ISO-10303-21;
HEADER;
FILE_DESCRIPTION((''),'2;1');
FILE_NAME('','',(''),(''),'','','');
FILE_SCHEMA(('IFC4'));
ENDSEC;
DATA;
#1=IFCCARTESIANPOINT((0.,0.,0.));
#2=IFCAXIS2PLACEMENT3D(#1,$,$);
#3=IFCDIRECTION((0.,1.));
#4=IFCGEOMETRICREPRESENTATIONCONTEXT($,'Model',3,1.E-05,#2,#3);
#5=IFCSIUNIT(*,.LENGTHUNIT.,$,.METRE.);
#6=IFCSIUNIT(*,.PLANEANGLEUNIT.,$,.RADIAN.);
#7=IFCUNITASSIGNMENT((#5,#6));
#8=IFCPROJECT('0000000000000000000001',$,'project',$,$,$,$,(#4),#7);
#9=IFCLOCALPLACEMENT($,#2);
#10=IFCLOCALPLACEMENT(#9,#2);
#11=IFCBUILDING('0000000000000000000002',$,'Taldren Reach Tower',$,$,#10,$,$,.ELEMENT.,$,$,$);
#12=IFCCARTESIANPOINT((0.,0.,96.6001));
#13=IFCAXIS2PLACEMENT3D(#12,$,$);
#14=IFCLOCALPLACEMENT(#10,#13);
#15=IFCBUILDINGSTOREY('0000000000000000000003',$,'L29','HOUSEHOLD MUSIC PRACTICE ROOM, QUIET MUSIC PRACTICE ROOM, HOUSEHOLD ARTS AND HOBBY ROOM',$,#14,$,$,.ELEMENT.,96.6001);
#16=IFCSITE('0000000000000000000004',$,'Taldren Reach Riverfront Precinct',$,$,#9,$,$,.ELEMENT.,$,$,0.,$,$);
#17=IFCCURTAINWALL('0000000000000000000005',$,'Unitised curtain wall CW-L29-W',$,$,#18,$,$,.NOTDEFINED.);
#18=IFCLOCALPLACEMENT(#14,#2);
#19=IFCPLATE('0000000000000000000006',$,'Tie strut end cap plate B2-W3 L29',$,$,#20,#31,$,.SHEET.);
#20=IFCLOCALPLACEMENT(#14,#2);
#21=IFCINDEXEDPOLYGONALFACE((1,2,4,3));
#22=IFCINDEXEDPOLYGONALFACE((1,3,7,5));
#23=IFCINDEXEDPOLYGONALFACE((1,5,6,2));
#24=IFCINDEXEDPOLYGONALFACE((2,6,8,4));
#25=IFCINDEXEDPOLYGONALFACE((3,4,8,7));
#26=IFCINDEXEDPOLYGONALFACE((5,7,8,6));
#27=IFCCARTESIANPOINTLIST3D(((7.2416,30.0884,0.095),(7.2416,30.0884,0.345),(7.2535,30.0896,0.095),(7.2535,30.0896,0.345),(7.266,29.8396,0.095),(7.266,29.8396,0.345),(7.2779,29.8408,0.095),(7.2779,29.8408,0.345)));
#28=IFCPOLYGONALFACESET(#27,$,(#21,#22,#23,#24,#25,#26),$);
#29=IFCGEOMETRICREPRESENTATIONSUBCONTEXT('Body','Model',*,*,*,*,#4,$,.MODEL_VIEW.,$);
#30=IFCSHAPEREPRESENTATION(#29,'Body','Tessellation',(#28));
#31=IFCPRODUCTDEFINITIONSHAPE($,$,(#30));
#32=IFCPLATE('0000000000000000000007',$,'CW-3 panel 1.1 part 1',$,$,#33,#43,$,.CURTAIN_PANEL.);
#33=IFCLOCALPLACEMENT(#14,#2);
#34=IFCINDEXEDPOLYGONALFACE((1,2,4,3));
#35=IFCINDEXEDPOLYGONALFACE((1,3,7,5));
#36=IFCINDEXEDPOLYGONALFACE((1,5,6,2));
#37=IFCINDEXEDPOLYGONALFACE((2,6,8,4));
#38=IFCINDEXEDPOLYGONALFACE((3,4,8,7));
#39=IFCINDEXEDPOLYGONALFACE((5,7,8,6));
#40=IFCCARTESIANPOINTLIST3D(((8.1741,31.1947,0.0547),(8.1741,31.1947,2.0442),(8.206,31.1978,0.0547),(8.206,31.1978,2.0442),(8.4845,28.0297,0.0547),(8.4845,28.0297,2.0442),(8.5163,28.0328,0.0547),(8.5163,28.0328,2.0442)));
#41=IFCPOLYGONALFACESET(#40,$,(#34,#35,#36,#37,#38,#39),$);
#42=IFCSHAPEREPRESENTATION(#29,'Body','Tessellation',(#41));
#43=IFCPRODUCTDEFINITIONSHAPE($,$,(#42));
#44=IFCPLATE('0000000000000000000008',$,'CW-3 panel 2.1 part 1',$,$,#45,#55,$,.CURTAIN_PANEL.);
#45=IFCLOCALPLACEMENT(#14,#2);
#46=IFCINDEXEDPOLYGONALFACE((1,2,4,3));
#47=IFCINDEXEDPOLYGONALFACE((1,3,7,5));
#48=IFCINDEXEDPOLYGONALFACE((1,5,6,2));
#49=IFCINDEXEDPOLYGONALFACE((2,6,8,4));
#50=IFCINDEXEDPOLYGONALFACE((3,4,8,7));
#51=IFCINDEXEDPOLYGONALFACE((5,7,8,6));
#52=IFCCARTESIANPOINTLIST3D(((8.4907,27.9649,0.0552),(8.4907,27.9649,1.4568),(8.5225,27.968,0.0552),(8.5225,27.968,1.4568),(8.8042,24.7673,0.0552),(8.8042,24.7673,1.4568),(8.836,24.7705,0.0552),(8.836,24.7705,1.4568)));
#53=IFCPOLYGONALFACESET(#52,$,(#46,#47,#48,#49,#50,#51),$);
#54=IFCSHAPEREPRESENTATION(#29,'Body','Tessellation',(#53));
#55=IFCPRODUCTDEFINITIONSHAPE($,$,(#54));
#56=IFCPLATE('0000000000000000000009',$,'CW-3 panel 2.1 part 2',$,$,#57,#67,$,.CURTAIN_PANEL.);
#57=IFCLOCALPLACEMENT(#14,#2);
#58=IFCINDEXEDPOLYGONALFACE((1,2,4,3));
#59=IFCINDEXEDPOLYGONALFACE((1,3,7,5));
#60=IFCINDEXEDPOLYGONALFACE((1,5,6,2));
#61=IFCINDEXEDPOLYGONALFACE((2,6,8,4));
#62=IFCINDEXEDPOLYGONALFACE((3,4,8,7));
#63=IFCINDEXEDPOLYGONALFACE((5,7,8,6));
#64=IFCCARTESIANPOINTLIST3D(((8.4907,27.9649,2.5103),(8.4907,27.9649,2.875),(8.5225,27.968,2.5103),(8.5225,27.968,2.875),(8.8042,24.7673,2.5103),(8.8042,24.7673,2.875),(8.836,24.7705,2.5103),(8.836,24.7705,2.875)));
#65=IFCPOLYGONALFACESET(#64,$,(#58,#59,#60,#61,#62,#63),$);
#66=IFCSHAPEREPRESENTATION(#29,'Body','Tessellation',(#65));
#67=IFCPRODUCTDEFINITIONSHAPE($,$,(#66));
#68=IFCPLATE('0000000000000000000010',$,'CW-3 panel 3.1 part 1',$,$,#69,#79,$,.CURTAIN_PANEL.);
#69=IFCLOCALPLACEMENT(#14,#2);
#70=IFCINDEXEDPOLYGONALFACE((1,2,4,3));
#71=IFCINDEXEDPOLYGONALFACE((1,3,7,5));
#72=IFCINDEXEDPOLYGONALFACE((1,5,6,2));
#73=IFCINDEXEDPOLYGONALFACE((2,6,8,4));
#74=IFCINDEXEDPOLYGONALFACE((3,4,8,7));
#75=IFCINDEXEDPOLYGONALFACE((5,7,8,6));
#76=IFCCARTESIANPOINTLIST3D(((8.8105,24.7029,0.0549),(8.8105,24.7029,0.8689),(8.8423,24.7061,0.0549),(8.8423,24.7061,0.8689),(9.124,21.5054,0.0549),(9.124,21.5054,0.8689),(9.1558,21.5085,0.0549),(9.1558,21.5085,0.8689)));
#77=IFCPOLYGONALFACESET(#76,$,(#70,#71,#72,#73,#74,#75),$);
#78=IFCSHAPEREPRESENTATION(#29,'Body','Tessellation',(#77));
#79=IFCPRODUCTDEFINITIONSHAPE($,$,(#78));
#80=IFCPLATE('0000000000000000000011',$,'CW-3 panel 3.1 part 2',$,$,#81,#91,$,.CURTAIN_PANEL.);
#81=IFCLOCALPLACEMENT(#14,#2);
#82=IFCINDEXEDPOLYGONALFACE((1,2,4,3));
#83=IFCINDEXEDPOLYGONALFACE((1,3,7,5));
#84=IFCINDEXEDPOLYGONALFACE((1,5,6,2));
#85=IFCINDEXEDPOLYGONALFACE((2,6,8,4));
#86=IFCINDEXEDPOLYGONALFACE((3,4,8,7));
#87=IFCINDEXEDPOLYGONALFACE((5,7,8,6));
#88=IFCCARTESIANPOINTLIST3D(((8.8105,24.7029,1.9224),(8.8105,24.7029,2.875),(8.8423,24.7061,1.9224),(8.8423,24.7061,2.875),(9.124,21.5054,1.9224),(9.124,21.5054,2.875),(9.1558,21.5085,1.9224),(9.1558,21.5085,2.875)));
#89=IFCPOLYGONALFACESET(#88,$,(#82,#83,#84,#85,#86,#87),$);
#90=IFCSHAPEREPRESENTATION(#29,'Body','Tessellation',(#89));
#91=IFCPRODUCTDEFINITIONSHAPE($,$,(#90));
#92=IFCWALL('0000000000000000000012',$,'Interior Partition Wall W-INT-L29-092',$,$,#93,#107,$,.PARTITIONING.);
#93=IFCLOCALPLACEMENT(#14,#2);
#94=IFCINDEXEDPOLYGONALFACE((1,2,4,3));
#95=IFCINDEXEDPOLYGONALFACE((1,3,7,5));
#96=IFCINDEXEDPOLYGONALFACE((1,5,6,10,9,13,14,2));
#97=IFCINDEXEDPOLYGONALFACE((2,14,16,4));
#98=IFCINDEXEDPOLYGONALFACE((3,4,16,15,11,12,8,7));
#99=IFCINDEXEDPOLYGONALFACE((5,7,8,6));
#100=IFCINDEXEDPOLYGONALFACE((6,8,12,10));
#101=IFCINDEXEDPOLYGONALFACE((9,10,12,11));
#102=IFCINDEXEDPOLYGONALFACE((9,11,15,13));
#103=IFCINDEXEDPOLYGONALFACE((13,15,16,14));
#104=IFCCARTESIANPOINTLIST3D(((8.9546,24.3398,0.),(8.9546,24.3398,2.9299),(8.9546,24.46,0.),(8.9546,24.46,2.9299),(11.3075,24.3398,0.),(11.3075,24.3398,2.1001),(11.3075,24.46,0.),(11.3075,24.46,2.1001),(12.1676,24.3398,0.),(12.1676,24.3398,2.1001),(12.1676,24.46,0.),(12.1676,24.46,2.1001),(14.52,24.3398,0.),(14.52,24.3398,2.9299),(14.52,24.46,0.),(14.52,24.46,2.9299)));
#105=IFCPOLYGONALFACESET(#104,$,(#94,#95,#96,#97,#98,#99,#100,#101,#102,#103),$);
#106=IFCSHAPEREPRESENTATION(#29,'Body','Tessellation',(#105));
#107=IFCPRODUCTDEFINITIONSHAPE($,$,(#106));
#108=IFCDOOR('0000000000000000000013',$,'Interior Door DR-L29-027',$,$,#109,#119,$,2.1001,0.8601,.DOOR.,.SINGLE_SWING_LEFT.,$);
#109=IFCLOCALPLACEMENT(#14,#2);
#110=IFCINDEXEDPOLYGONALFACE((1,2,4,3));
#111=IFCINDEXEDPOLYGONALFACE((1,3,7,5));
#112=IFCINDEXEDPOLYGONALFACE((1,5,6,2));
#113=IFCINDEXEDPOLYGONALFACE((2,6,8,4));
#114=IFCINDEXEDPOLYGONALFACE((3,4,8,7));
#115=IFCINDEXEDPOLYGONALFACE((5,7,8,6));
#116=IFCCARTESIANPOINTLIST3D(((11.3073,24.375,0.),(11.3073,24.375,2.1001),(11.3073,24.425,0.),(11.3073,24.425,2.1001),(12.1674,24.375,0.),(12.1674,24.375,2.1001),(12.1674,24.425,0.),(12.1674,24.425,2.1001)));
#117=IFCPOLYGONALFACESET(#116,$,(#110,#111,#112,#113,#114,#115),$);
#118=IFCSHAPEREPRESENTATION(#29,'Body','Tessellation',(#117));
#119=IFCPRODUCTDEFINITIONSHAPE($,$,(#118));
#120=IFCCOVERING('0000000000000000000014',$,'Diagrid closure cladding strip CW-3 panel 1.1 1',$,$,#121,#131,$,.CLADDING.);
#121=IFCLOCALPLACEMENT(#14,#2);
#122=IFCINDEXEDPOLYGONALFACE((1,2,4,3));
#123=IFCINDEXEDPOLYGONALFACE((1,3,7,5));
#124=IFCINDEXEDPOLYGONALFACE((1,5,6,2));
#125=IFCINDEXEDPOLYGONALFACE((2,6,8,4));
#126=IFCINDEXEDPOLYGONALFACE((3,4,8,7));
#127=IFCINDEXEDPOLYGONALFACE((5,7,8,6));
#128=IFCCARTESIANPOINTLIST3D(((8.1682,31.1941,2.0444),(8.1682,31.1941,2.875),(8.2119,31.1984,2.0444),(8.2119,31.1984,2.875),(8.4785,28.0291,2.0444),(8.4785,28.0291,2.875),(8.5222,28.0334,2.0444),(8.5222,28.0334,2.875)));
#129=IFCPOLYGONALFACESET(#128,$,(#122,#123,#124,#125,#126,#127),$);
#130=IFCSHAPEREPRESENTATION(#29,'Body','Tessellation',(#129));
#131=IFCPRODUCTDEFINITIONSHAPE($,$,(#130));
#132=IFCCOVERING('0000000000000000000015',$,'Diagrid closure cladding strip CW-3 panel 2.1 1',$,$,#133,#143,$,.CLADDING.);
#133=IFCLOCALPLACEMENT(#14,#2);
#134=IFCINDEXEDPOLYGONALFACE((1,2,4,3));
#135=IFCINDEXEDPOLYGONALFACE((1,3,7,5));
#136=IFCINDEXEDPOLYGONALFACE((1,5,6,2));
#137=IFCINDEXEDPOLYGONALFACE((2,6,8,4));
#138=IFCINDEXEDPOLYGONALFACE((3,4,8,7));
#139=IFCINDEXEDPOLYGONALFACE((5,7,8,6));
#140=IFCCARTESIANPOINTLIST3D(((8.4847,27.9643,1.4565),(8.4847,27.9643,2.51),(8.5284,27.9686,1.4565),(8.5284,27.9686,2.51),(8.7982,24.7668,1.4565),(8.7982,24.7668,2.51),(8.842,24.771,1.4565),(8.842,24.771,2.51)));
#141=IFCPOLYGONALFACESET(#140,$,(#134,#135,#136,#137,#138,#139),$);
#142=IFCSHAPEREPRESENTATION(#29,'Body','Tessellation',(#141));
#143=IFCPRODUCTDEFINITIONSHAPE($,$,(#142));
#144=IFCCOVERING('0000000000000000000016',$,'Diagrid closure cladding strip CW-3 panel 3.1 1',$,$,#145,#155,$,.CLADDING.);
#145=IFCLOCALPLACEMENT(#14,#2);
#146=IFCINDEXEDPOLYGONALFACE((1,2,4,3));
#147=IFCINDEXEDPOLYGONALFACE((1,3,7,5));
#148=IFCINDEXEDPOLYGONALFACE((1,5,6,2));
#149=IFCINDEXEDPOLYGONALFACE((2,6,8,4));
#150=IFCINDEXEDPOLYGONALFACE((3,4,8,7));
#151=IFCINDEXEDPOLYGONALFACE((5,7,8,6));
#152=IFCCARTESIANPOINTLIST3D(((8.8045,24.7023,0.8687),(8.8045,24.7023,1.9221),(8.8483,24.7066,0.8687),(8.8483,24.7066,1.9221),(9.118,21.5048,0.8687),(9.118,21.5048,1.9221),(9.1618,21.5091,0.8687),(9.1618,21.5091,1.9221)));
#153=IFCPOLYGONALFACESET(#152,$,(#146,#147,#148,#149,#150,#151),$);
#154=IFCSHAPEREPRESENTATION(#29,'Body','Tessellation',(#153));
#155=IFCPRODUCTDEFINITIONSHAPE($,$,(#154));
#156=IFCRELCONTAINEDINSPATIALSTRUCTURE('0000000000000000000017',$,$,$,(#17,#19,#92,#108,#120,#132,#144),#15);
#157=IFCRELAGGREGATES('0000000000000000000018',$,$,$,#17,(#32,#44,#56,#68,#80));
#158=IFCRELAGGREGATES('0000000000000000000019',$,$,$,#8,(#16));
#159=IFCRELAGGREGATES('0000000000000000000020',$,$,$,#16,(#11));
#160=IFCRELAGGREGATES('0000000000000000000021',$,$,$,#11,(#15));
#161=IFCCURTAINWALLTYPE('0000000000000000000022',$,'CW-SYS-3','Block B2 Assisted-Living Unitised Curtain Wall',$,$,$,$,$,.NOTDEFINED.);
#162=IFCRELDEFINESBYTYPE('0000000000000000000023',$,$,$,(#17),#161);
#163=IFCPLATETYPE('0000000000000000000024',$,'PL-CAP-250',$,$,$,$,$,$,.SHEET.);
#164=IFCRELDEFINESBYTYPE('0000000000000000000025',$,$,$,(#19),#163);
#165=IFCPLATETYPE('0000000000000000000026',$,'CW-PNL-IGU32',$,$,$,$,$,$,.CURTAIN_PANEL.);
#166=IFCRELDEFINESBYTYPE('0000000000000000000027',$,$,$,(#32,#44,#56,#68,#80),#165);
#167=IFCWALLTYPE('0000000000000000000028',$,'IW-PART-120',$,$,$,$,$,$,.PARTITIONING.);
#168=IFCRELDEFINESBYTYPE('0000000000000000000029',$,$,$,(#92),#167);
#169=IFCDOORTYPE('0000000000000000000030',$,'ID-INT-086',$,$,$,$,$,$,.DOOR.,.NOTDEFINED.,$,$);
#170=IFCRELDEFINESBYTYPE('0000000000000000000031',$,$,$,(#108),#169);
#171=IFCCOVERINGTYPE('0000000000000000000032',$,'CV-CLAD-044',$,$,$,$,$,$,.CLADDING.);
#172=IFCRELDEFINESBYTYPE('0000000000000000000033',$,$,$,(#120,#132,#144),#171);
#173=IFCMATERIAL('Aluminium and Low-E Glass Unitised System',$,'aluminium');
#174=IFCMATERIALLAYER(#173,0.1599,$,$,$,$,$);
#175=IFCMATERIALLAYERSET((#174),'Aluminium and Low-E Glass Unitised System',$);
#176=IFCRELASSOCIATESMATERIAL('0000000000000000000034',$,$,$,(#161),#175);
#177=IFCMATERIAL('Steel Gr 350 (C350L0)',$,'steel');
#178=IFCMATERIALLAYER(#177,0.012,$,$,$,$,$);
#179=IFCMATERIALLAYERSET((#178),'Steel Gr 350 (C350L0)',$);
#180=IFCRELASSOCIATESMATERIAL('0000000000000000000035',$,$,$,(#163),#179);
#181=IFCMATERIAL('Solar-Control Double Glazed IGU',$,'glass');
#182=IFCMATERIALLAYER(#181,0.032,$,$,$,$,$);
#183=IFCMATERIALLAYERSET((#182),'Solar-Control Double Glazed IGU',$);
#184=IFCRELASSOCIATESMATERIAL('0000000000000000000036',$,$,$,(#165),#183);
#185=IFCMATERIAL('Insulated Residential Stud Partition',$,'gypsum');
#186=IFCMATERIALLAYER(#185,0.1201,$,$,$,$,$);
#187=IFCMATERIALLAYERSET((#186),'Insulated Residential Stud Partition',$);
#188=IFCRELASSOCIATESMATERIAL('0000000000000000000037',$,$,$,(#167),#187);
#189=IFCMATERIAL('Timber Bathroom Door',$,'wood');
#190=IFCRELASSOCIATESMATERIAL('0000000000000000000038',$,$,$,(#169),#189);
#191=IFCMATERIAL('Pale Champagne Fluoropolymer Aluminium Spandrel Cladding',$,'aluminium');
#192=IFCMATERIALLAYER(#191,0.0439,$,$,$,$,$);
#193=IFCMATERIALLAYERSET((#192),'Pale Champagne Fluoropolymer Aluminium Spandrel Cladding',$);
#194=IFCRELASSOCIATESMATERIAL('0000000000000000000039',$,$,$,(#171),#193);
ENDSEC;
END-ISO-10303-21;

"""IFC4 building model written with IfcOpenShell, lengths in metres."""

from ifc_helpers import new_model, si_unit, direction, frame, frame_2d, origin, origin_2d, place, context, subcontext, project, spatial, rectangle, extrude, source, transform, mapped, material, layer, layer_set, type_object, element, fill, aggregate, save


model = new_model("IFC4")

# Units and contexts
model_context = context("Model", 3, precision=1e-05, world=origin(), true_north=direction((0.0, 1.0)))
body_context = subcontext(model_context, "Body", "Model", "MODEL_VIEW")
ifc_project = project(units=[si_unit("LENGTHUNIT", "METRE"), si_unit("PLANEANGLEUNIT", "RADIAN")], contexts=[model_context])

# Site, building, storey
site_placement = place(None, origin())
site = spatial("IfcSite", under=ifc_project, at=site_placement, Name="Taldren Reach Riverfront Precinct", CompositionType="ELEMENT", RefElevation=0.0)
building_placement = place(site_placement, origin())
building = spatial("IfcBuilding", under=site, at=building_placement, Name="Taldren Reach Tower", CompositionType="ELEMENT")
storey_placement = place(building_placement, frame((0.0, 0.0, 96.6001)))
storey = spatial("IfcBuildingStorey", under=building, at=storey_placement, Name="L29", Description="HOUSEHOLD MUSIC PRACTICE ROOM, QUIET MUSIC PRACTICE ROOM, HOUSEHOLD ARTS AND HOBBY ROOM", CompositionType="ELEMENT", Elevation=96.6001)

# Curtain wall
ifc_material_1 = material(Name="Aluminium and Low-E Glass Unitised System", Category="aluminium")
ifc_layer_1 = layer(ifc_material_1, 0.1599)
ifc_layer_set_1 = layer_set([ifc_layer_1], Name="Aluminium and Low-E Glass Unitised System")
curtain_wall_type = type_object("IfcCurtainWallType", Name="CW-SYS-3", Description="Block B2 Assisted-Living Unitised Curtain Wall", PredefinedType="NOTDEFINED", material=ifc_layer_set_1)
curtain_wall_placement = place(storey_placement, origin())
curtain_wall = element("IfcCurtainWall", 1, at=curtain_wall_placement, inside=storey, type_object=curtain_wall_type, Name="Unitised curtain wall CW-L29-W", PredefinedType="NOTDEFINED")

# Plates
ifc_material_2 = material(Name="Steel Gr 350 (C350L0)", Category="steel")
ifc_layer_2 = layer(ifc_material_2, 0.012)
ifc_layer_set_2 = layer_set([ifc_layer_2], Name="Steel Gr 350 (C350L0)")
plate_type_1 = type_object("IfcPlateType", Name="PL-CAP-250", PredefinedType="SHEET", material=ifc_layer_set_2)
shared_shape_1 = source(origin(), body_context, "Body", "SweptSolid", [
    extrude(rectangle(XDim=0.012, YDim=0.25, at=origin_2d()), origin(), (0.0, 0.0, 1.0), 0.25),
])
plate_1_placement = place(storey_placement, frame((7.2598, 29.9646, 0.095), z_axis=(0.0, 0.0, 1.0), x_axis=(0.995227, 0.097583, 0.0)))
element("IfcPlate", 2, at=plate_1_placement, inside=storey, type_object=plate_type_1, Name="Tie strut end cap plate B2-W3 L29", PredefinedType="SHEET", context=body_context, shape_type="MappedRepresentation", body=[
    mapped(shared_shape_1, transform((0.0, 0.0, 0.0), scale=1.0)),
])
ifc_material_3 = material(Name="Solar-Control Double Glazed IGU", Category="glass")
ifc_layer_3 = layer(ifc_material_3, 0.032)
ifc_layer_set_3 = layer_set([ifc_layer_3], Name="Solar-Control Double Glazed IGU")
plate_type_2 = type_object("IfcPlateType", Name="CW-PNL-IGU32", PredefinedType="CURTAIN_PANEL", material=ifc_layer_set_3)
shared_shape_2 = source(origin(), body_context, "Body", "SweptSolid", [
    extrude(rectangle(XDim=3.1802, YDim=0.032, at=origin_2d()), origin(), (0.0, 0.0, 1.0), 1.9895),
])
plate_2_placement = place(storey_placement, frame((8.3452, 29.6138, 0.0547), z_axis=(0.0, 0.0, 1.0), x_axis=(0.097583, -0.995227, 0.0)))
plate_2 = element("IfcPlate", 3, at=plate_2_placement, type_object=plate_type_2, Name="CW-3 panel 1.1 part 1", PredefinedType="CURTAIN_PANEL", context=body_context, shape_type="MappedRepresentation", body=[
    mapped(shared_shape_2, transform((0.0, 0.0, 0.0), scale=1.0)),
])
shared_shape_3 = source(origin(), body_context, "Body", "SweptSolid", [
    extrude(rectangle(XDim=3.2129, YDim=0.032, at=origin_2d()), origin(), (0.0, 0.0, 1.0), 1.4016),
])
plate_3_placement = place(storey_placement, frame((8.6633, 26.3677, 0.0552), z_axis=(0.0, 0.0, 1.0), x_axis=(0.097583, -0.995227, 0.0)))
plate_3 = element("IfcPlate", 4, at=plate_3_placement, type_object=plate_type_2, Name="CW-3 panel 2.1 part 1", PredefinedType="CURTAIN_PANEL", context=body_context, shape_type="MappedRepresentation", body=[
    mapped(shared_shape_3, transform((0.0, 0.0, 0.0), scale=1.0)),
])
shared_shape_4 = source(origin(), body_context, "Body", "SweptSolid", [
    extrude(rectangle(XDim=3.2129, YDim=0.032, at=origin_2d()), origin(), (0.0, 0.0, 1.0), 0.3647),
])
plate_4_placement = place(storey_placement, frame((8.6633, 26.3677, 2.5103), z_axis=(0.0, 0.0, 1.0), x_axis=(0.097583, -0.995227, 0.0)))
plate_4 = element("IfcPlate", 5, at=plate_4_placement, type_object=plate_type_2, Name="CW-3 panel 2.1 part 2", PredefinedType="CURTAIN_PANEL", context=body_context, shape_type="MappedRepresentation", body=[
    mapped(shared_shape_4, transform((0.0, 0.0, 0.0), scale=1.0)),
])
shared_shape_5 = source(origin(), body_context, "Body", "SweptSolid", [
    extrude(rectangle(XDim=3.2129, YDim=0.032, at=origin_2d()), origin(), (0.0, 0.0, 1.0), 0.814),
])
plate_5_placement = place(storey_placement, frame((8.9832, 23.1057, 0.0549), z_axis=(0.0, 0.0, 1.0), x_axis=(0.097583, -0.995227, 0.0)))
plate_5 = element("IfcPlate", 6, at=plate_5_placement, type_object=plate_type_2, Name="CW-3 panel 3.1 part 1", PredefinedType="CURTAIN_PANEL", context=body_context, shape_type="MappedRepresentation", body=[
    mapped(shared_shape_5, transform((0.0, 0.0, 0.0), scale=1.0)),
])
shared_shape_6 = source(origin(), body_context, "Body", "SweptSolid", [
    extrude(rectangle(XDim=3.2129, YDim=0.032, at=origin_2d()), origin(), (0.0, 0.0, 1.0), 0.9526),
])
plate_6_placement = place(storey_placement, frame((8.9832, 23.1057, 1.9224), z_axis=(0.0, 0.0, 1.0), x_axis=(0.097583, -0.995227, 0.0)))
plate_6 = element("IfcPlate", 7, at=plate_6_placement, type_object=plate_type_2, Name="CW-3 panel 3.1 part 2", PredefinedType="CURTAIN_PANEL", context=body_context, shape_type="MappedRepresentation", body=[
    mapped(shared_shape_6, transform((0.0, 0.0, 0.0), scale=1.0)),
])
aggregate(curtain_wall, [plate_2, plate_3, plate_4, plate_5, plate_6])

# Wall, opening, door
ifc_material_4 = material(Name="Insulated Residential Stud Partition", Category="gypsum")
ifc_layer_4 = layer(ifc_material_4, 0.1201)
ifc_layer_set_4 = layer_set([ifc_layer_4], Name="Insulated Residential Stud Partition")
wall_type = type_object("IfcWallType", Name="IW-PART-120", PredefinedType="PARTITIONING", material=ifc_layer_set_4)
shared_shape_7 = source(origin(), body_context, "Body", "SweptSolid", [
    extrude(rectangle(XDim=5.5654, YDim=0.1201, at=frame_2d((2.7827, 0.0))), origin(), (0.0, 0.0, 1.0), 2.9299),
])
wall_placement = place(storey_placement, frame((8.9546, 24.3999, 0.0), z_axis=(0.0, 0.0, 1.0), x_axis=(1.0, 0.0, 0.0)))
wall = element("IfcWall", 8, at=wall_placement, inside=storey, type_object=wall_type, Name="Interior Partition Wall W-INT-L29-092", PredefinedType="PARTITIONING", context=body_context, shape_type="MappedRepresentation", body=[
    mapped(shared_shape_7, transform((0.0, 0.0, 0.0), scale=1.0)),
])
shared_shape_8 = source(origin(), body_context, "Body", "SweptSolid", [
    extrude(rectangle(XDim=0.8601, YDim=2.1001, at=frame_2d((0.4302, 1.05))), frame((0.0, 0.0701, 0.0), z_axis=(0.0, -1.0, 0.0), x_axis=(1.0, 0.0, 0.0)), (0.0, 0.0, 1.0), 0.1401),
])
opening_placement = place(wall_placement, frame((2.3528, 0.0, 0.0)))
opening = element("IfcOpeningElement", 9, at=opening_placement, cuts=wall, PredefinedType="OPENING", context=body_context, shape_type="MappedRepresentation", body=[
    mapped(shared_shape_8, transform((0.0, 0.0, 0.0), scale=1.0)),
])
ifc_material_5 = material(Name="Timber Bathroom Door", Category="wood")
door_type = type_object("IfcDoorType", Name="ID-INT-086", OperationType="NOTDEFINED", PredefinedType="DOOR", material=ifc_material_5)
shared_shape_9 = source(origin(), body_context, "Body", "SweptSolid", [
    extrude(rectangle(XDim=0.8601, YDim=2.1001, at=frame_2d((0.4302, 1.05))), frame((0.0, 0.0249, 0.0), z_axis=(0.0, -1.0, 0.0), x_axis=(1.0, 0.0, 0.0)), (0.0, 0.0, 1.0), 0.05),
])
door_placement = place(opening_placement, frame((0.8601, 0.0, 0.0), z_axis=(0.0, 0.0, 1.0), x_axis=(-1.0, 0.0, 0.0)))
door = element("IfcDoor", 10, at=door_placement, inside=storey, type_object=door_type, Name="Interior Door DR-L29-027", OperationType="SINGLE_SWING_LEFT", OverallHeight=2.1001, OverallWidth=0.8601, PredefinedType="DOOR", context=body_context, shape_type="MappedRepresentation", body=[
    mapped(shared_shape_9, transform((0.0, 0.0, 0.0), scale=1.0)),
])
fill(opening, door)

# Coverings
ifc_material_6 = material(Name="Pale Champagne Fluoropolymer Aluminium Spandrel Cladding", Category="aluminium")
ifc_layer_5 = layer(ifc_material_6, 0.0439)
ifc_layer_set_5 = layer_set([ifc_layer_5], Name="Pale Champagne Fluoropolymer Aluminium Spandrel Cladding")
covering_type = type_object("IfcCoveringType", Name="CV-CLAD-044", PredefinedType="CLADDING", material=ifc_layer_set_5)
shared_shape_10 = source(origin(), body_context, "Body", "SweptSolid", [
    extrude(rectangle(XDim=3.1802, YDim=0.0439, at=origin_2d()), origin(), (0.0, 0.0, 1.0), 0.8306),
])
covering_placement = place(storey_placement, frame((8.3452, 29.6138, 2.0444), z_axis=(0.0, 0.0, 1.0), x_axis=(0.097583, -0.995227, 0.0)))
element("IfcCovering", 11, at=covering_placement, inside=storey, type_object=covering_type, Name="Diagrid closure cladding strip CW-3 panel 1.1 1", PredefinedType="CLADDING", context=body_context, shape_type="MappedRepresentation", body=[
    mapped(shared_shape_10, transform((0.0, 0.0, 0.0), scale=1.0)),
])
shared_shape_11 = source(origin(), body_context, "Body", "SweptSolid", [
    extrude(rectangle(XDim=3.2129, YDim=0.0439, at=origin_2d()), origin(), (0.0, 0.0, 1.0), 1.0535),
])
for number, where, z_axis, x_axis, name in (
    (12, (8.6633, 26.3677, 1.4565), (0.0, 0.0, 1.0), (0.097583, -0.995227, 0.0), "Diagrid closure cladding strip CW-3 panel 2.1 1"),
    (13, (8.9832, 23.1057, 0.8687), (0.0, 0.0, 1.0), (0.097583, -0.995227, 0.0), "Diagrid closure cladding strip CW-3 panel 3.1 1"),
):
    element("IfcCovering", number, at=place(storey_placement, frame(where, z_axis=z_axis, x_axis=x_axis)), inside=storey, type_object=covering_type, Name=name, PredefinedType="CLADDING", context=body_context, shape_type="MappedRepresentation", body=[
        mapped(shared_shape_11, transform((0.0, 0.0, 0.0), scale=1.0)),
    ])

save(model, "model.ifc")
